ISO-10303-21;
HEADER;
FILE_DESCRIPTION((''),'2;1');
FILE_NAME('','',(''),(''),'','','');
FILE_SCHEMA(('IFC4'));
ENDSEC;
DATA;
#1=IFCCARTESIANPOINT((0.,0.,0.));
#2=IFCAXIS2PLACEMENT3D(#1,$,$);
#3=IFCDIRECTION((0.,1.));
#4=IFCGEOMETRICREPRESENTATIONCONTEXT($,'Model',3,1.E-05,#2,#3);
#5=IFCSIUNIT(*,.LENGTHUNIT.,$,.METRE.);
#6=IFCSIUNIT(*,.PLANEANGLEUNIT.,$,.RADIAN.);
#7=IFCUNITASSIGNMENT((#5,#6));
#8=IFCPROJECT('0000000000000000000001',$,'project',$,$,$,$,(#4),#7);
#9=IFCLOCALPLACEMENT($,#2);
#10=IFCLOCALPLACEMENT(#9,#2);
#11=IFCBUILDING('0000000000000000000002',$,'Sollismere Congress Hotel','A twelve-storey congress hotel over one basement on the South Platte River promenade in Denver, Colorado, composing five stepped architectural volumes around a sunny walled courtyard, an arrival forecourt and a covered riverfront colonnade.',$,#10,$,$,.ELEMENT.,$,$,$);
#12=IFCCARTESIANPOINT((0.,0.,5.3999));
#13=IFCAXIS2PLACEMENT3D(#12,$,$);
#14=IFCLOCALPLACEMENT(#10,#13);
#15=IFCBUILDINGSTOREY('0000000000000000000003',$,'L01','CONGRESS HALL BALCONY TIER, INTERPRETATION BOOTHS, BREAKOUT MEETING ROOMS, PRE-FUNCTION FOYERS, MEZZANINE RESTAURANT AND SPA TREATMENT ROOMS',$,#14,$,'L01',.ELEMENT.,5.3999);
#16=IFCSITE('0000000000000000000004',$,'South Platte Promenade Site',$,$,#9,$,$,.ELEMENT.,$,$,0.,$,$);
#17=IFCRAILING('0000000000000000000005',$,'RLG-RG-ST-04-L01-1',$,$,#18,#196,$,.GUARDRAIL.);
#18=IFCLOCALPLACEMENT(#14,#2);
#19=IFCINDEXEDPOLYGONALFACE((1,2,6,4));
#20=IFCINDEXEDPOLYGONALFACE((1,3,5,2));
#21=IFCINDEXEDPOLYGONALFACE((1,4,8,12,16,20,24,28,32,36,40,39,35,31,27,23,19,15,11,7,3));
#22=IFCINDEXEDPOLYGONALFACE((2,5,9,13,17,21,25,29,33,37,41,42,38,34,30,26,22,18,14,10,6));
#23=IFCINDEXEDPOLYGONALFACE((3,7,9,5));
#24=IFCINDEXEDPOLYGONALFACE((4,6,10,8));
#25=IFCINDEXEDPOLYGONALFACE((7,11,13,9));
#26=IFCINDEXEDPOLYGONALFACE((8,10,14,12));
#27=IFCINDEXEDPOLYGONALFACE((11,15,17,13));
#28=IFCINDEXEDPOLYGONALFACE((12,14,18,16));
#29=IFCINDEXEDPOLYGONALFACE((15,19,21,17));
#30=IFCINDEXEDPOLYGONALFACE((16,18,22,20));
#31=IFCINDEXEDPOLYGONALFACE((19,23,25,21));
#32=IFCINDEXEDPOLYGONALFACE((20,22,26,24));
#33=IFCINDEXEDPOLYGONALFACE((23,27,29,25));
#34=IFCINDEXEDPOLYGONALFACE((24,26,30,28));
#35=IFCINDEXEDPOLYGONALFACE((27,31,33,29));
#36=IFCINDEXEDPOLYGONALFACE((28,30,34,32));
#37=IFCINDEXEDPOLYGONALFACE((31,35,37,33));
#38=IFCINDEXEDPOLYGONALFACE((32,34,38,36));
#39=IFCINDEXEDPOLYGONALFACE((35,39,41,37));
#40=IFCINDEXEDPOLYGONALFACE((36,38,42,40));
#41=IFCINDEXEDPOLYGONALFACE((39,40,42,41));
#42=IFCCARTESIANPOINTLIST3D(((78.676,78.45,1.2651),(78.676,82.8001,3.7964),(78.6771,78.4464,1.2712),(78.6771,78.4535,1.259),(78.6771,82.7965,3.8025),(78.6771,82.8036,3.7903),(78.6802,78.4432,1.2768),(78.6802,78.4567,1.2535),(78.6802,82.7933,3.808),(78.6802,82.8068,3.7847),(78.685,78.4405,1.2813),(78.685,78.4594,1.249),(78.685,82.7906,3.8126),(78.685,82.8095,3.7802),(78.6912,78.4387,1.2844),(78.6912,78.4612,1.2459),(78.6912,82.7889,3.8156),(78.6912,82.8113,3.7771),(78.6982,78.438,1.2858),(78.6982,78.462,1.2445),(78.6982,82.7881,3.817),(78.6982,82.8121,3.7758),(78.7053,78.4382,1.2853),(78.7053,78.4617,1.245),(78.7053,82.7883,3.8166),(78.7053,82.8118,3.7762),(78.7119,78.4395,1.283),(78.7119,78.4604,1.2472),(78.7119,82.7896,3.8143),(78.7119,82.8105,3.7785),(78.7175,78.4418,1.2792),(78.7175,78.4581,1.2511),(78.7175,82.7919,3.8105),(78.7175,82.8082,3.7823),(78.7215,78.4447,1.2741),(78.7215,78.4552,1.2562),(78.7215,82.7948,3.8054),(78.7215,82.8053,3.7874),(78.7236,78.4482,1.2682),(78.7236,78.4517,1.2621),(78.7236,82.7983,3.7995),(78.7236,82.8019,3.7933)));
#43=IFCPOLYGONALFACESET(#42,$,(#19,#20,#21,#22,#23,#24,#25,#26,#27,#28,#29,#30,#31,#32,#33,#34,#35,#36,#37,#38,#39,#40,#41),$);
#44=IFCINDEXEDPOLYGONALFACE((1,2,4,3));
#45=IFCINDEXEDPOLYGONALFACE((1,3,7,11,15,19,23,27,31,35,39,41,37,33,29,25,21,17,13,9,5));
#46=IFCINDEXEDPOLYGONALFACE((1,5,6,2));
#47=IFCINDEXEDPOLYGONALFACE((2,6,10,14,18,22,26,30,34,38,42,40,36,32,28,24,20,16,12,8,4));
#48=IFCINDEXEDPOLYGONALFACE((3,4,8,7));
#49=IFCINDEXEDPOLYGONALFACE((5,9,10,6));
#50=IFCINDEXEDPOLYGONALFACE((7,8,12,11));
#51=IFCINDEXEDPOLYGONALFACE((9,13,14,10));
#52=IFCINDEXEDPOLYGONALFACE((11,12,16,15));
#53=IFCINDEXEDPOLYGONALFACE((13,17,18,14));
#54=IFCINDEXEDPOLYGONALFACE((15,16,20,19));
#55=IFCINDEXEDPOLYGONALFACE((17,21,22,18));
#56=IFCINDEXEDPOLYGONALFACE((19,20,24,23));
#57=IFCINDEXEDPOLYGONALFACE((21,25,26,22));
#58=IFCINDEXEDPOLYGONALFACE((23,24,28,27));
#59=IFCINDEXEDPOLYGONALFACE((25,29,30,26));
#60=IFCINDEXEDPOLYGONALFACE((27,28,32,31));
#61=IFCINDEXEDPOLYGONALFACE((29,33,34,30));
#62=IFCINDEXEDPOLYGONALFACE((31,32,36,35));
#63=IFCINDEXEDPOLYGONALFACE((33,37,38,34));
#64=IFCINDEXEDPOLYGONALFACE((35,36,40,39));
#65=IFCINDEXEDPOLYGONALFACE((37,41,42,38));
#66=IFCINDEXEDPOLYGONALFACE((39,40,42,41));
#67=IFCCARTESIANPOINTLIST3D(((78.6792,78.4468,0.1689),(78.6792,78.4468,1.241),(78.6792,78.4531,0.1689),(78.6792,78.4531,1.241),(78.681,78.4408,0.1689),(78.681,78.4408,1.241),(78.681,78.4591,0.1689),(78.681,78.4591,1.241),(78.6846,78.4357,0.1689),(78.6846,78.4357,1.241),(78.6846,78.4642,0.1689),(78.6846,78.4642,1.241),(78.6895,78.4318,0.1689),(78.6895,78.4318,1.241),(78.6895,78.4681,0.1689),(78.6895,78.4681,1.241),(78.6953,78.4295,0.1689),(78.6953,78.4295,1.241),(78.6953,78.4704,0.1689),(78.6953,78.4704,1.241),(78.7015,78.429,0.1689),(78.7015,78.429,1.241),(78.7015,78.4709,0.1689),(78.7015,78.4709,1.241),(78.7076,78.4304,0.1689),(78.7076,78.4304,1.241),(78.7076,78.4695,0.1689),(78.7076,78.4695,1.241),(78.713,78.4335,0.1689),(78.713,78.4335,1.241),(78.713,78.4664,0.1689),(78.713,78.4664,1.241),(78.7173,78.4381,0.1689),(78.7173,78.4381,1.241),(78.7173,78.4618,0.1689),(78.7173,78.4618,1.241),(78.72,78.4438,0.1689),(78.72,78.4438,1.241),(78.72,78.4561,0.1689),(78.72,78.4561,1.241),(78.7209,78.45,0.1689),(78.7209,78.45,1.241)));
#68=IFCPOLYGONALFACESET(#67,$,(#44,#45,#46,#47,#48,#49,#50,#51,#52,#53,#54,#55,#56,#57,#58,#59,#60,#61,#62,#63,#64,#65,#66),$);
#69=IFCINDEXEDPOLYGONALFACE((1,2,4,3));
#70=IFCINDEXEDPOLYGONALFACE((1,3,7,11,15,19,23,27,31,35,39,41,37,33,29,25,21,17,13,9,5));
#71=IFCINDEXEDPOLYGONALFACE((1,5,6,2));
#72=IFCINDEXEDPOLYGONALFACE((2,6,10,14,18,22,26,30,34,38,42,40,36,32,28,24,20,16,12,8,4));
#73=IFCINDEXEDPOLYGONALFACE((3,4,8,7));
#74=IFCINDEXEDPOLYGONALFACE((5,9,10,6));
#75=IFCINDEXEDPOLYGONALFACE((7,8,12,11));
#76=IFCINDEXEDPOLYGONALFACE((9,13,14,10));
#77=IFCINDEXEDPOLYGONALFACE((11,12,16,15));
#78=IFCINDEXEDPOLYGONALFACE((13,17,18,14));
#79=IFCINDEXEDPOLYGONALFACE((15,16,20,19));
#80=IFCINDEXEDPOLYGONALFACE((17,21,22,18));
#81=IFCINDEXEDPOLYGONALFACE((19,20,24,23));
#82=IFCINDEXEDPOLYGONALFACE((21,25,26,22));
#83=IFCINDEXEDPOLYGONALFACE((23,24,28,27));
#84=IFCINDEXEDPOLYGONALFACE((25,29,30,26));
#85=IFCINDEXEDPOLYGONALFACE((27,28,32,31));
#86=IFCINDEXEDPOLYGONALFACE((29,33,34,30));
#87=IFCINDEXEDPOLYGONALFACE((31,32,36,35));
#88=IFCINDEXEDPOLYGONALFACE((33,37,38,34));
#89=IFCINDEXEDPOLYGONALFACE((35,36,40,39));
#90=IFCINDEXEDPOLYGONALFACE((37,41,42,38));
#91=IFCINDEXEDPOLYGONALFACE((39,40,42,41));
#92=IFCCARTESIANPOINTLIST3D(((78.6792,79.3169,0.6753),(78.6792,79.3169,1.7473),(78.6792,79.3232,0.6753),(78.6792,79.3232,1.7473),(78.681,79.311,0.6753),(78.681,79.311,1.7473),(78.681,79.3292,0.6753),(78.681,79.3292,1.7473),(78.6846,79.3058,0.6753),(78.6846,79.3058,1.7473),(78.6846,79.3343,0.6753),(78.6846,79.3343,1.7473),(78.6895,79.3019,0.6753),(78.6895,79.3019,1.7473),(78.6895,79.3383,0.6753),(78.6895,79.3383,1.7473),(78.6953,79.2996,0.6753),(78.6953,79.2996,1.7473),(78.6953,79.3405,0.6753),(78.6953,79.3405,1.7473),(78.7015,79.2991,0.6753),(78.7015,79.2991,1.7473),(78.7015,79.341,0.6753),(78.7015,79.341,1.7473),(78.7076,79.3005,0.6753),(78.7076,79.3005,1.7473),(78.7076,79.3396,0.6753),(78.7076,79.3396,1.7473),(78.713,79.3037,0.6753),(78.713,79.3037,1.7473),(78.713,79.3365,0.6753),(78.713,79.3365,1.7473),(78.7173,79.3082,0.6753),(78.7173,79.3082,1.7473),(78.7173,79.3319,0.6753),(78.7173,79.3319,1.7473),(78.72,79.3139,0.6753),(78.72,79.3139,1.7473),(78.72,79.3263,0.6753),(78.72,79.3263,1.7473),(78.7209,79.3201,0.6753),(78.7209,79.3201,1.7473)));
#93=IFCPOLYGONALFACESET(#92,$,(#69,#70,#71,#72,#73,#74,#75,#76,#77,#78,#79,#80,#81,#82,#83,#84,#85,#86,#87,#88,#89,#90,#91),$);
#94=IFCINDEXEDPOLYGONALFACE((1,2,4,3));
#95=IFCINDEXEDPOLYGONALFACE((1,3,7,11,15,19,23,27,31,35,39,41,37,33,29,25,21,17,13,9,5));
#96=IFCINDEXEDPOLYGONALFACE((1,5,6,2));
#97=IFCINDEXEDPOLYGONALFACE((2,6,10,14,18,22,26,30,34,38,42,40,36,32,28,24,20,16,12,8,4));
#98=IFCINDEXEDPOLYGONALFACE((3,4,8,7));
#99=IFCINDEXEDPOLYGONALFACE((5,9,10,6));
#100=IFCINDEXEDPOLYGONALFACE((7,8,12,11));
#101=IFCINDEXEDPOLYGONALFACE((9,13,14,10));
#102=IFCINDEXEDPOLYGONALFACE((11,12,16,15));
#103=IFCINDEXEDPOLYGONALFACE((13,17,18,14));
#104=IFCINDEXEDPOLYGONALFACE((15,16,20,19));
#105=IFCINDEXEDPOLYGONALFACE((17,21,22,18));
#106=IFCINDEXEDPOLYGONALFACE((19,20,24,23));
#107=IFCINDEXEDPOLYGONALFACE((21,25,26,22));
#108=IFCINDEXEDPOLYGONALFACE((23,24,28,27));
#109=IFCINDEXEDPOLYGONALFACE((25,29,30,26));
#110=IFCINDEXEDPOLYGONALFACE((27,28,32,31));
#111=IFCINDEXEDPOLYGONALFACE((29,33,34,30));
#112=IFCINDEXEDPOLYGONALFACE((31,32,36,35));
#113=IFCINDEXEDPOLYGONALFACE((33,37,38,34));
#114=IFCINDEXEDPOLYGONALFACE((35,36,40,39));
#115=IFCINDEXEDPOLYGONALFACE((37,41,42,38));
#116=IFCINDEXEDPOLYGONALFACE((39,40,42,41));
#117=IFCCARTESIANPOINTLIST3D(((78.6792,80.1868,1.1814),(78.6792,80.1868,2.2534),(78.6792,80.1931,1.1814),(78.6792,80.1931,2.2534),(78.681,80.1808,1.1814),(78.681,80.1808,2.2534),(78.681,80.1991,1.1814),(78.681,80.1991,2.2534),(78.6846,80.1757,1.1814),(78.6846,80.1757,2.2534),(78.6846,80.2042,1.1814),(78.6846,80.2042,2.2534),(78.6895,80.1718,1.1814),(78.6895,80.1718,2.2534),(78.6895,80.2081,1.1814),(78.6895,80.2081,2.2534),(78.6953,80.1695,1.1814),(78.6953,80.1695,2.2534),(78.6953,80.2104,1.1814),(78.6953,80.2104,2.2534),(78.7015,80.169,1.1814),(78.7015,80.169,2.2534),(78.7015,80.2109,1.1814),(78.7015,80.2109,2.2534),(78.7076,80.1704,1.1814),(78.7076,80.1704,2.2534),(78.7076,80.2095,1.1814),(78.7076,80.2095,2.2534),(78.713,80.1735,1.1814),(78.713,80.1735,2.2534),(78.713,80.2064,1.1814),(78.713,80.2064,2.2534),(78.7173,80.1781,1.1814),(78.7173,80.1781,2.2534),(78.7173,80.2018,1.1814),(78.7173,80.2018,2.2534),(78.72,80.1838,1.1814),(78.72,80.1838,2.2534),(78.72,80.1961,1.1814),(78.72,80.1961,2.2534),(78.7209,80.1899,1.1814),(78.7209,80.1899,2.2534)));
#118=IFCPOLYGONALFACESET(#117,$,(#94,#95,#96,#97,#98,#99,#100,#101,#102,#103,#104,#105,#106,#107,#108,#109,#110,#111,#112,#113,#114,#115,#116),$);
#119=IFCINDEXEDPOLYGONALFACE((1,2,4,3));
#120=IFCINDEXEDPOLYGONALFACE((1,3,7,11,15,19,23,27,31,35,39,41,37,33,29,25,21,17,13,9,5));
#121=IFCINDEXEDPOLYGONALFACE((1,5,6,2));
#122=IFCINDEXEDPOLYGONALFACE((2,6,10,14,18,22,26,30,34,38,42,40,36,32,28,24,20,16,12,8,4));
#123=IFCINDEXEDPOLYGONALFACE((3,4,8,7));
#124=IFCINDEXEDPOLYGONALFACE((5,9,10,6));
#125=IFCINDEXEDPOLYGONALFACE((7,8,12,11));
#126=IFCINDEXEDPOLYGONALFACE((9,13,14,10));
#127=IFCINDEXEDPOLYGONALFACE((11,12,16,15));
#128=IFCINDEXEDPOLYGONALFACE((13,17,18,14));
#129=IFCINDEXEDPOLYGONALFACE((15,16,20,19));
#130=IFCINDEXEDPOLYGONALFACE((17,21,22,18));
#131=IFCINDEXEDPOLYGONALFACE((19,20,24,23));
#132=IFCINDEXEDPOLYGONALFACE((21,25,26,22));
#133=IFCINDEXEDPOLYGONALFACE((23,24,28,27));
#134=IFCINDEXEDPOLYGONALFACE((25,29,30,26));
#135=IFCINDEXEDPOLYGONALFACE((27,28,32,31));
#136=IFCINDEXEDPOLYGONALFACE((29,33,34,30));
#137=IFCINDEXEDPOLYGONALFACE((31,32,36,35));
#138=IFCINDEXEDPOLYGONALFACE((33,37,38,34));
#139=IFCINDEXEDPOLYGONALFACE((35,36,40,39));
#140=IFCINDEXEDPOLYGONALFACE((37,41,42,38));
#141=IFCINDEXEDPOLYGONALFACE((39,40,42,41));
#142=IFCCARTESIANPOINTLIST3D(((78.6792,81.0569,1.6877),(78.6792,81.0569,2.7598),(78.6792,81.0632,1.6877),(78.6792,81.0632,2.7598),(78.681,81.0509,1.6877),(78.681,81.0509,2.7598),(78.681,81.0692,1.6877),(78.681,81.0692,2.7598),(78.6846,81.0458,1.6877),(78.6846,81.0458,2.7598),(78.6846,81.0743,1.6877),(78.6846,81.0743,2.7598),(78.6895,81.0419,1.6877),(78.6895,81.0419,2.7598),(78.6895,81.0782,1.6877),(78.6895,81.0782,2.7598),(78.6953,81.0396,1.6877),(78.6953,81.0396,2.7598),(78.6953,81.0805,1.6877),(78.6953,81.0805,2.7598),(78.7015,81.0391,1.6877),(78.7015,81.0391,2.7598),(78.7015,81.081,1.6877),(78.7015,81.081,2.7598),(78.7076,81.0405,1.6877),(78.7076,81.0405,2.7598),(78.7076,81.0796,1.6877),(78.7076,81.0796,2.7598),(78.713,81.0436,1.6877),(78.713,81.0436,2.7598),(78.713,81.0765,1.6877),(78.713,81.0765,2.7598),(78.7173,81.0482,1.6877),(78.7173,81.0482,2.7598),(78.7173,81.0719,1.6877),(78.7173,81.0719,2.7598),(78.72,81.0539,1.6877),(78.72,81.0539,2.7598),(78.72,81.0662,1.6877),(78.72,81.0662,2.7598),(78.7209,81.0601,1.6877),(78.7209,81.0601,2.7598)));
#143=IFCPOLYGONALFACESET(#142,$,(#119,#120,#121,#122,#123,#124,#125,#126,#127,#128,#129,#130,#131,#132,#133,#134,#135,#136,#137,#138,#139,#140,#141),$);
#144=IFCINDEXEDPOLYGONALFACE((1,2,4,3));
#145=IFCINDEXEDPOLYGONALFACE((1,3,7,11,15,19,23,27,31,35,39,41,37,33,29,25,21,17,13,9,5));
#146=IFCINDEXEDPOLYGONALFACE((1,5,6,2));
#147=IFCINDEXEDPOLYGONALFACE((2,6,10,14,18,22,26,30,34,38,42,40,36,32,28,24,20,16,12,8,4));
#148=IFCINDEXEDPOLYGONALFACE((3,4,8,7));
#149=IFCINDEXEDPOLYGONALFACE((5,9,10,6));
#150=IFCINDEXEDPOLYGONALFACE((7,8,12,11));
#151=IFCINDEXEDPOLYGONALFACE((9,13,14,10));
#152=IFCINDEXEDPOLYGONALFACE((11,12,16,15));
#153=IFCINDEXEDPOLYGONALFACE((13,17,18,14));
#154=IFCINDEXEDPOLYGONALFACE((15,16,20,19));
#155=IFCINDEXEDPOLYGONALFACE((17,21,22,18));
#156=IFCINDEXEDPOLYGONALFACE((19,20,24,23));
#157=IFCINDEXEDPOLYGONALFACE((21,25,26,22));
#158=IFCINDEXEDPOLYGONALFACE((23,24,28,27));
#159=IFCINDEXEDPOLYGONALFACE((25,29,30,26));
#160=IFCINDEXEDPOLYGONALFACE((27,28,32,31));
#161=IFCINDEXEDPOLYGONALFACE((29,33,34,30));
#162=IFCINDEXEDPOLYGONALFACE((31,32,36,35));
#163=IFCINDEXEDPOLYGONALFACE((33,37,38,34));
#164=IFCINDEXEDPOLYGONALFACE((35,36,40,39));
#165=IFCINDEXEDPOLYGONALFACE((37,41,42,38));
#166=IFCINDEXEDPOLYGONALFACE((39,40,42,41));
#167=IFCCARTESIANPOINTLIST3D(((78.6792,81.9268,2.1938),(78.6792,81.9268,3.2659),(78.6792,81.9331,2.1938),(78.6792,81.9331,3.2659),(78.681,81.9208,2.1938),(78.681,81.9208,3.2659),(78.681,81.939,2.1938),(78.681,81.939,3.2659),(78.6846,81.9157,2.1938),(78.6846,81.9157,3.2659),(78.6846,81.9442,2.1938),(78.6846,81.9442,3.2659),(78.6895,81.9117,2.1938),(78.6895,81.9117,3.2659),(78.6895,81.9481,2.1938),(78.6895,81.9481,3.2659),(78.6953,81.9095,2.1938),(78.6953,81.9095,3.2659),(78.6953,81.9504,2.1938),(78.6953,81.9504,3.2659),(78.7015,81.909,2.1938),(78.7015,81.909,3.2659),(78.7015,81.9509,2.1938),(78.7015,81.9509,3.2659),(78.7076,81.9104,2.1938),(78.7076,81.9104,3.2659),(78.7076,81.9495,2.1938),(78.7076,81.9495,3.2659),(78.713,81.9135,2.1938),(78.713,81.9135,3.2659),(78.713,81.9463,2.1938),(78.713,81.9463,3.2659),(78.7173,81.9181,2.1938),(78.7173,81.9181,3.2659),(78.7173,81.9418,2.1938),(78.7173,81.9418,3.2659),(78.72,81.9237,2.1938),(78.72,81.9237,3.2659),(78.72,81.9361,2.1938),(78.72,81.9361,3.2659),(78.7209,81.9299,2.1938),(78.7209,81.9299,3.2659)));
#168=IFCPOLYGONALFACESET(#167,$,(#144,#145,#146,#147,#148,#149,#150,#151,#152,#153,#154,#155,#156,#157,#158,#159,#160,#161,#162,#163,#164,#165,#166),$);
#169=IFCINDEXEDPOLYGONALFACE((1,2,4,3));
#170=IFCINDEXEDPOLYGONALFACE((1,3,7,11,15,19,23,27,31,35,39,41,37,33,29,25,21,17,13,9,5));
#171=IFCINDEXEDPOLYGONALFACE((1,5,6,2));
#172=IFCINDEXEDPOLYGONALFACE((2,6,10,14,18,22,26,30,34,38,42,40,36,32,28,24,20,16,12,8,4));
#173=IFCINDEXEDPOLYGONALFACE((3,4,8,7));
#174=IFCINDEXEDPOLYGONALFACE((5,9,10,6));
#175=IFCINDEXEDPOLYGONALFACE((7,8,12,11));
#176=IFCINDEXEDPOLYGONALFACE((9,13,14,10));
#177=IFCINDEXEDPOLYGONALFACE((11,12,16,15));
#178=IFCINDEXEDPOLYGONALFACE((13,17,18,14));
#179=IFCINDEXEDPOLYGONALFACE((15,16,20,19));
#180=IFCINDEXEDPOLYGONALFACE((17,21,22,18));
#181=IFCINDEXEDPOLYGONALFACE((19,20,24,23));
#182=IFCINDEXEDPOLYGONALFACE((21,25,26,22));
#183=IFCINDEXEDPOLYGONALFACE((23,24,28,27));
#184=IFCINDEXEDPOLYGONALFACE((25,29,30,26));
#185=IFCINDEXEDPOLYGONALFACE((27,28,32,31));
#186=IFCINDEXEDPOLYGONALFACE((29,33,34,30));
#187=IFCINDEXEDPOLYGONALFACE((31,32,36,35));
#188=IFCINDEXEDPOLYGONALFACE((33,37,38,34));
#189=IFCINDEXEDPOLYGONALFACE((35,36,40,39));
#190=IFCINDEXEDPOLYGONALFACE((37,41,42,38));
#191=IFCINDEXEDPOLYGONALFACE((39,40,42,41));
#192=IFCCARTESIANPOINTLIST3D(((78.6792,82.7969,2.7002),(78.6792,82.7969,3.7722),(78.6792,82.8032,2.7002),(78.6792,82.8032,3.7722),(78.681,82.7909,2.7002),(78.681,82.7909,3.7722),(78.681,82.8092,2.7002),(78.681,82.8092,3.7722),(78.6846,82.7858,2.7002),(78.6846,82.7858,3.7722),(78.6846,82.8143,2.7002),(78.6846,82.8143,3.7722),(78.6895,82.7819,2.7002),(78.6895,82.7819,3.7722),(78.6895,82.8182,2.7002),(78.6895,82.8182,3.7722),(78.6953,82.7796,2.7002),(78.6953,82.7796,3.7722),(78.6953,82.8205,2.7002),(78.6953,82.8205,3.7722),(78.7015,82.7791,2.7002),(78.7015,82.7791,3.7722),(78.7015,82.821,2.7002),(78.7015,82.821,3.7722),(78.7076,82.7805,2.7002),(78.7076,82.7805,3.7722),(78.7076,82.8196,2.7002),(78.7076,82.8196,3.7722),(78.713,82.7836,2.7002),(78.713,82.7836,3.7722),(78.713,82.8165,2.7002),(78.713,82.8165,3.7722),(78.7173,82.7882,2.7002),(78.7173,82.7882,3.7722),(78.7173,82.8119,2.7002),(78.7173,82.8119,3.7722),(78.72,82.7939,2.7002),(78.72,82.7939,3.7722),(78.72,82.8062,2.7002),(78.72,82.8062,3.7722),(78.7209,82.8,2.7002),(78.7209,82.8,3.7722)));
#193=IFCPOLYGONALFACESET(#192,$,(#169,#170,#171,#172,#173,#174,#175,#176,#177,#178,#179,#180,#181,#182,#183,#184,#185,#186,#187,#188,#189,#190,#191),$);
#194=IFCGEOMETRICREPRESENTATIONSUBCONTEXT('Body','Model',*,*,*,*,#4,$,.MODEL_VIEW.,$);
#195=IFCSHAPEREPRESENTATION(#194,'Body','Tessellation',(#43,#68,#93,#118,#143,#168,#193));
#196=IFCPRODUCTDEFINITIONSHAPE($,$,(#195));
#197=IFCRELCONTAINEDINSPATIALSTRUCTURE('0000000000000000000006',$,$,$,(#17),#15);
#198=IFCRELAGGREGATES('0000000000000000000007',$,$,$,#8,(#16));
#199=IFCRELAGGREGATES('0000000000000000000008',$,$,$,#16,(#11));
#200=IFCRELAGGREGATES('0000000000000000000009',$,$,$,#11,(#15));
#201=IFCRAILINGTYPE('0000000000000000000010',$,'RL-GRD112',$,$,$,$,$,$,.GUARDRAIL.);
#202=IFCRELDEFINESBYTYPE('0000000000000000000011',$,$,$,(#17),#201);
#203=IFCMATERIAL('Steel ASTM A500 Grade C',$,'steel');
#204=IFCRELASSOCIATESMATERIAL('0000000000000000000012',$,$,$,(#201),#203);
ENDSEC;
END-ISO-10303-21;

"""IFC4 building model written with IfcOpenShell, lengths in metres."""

from ifc_helpers import new_model, si_unit, direction, frame, origin, origin_2d, place, context, subcontext, project, spatial, circle, extrude, material, type_object, element, save


model = new_model("IFC4")

# Units and contexts
model_context = context("Model", 3, precision=1e-05, world=origin(), true_north=direction((0.0, 1.0)))
body_context = subcontext(model_context, "Body", "Model", "MODEL_VIEW")
ifc_project = project(units=[si_unit("LENGTHUNIT", "METRE"), si_unit("PLANEANGLEUNIT", "RADIAN")], contexts=[model_context])

# Site, building, storey
site_placement = place(None, origin())
site = spatial("IfcSite", under=ifc_project, at=site_placement, Name="South Platte Promenade Site", CompositionType="ELEMENT", RefElevation=0.0)
building_placement = place(site_placement, origin())
building = spatial("IfcBuilding", under=site, at=building_placement, Name="Sollismere Congress Hotel", Description="A twelve-storey congress hotel over one basement on the South Platte River promenade in Denver, Colorado, composing five stepped architectural volumes around a sunny walled courtyard, an arrival forecourt and a covered riverfront colonnade.", CompositionType="ELEMENT")
storey_placement = place(building_placement, frame((0.0, 0.0, 5.3999)))
storey = spatial("IfcBuildingStorey", under=building, at=storey_placement, Name="L01", Description="CONGRESS HALL BALCONY TIER, INTERPRETATION BOOTHS, BREAKOUT MEETING ROOMS, PRE-FUNCTION FOYERS, MEZZANINE RESTAURANT AND SPA TREATMENT ROOMS", LongName="L01", CompositionType="ELEMENT", Elevation=5.3999)

# Railing
ifc_material_1 = material(Name="Steel ASTM A500 Grade C", Category="steel")
railing_type_1 = type_object("IfcRailingType", Name="RL-GRD112", PredefinedType="GUARDRAIL", material=ifc_material_1)
railing_1_placement = place(storey_placement, frame((78.7, 78.45, 0.1689)))
element("IfcRailing", 1, at=railing_1_placement, inside=storey, type_object=railing_type_1, Name="RLG-RG-ST-04-L01-1", PredefinedType="GUARDRAIL", context=body_context, shape_type="SweptSolid", body=[
    extrude(circle(Radius=0.0239, at=origin_2d()), frame((0.0, 0.0, 1.0962), z_axis=(0.0, 0.864324, 0.502936), x_axis=(-1.0, 0.0, 0.0)), (0.0, 0.0, 1.0), 5.033),
    extrude(circle(Radius=0.021, at=origin_2d()), origin(), (0.0, 0.0, 1.0), 1.072),
    extrude(circle(Radius=0.021, at=origin_2d()), frame((0.0, 0.8701, 0.5063)), (0.0, 0.0, 1.0), 1.072),
    extrude(circle(Radius=0.021, at=origin_2d()), frame((0.0, 1.74, 1.0125)), (0.0, 0.0, 1.0), 1.072),
    extrude(circle(Radius=0.021, at=origin_2d()), frame((0.0, 2.6101, 1.5188)), (0.0, 0.0, 1.0), 1.072),
    extrude(circle(Radius=0.021, at=origin_2d()), frame((0.0, 3.48, 2.0249)), (0.0, 0.0, 1.0), 1.072),
    extrude(circle(Radius=0.021, at=origin_2d()), frame((0.0, 4.3501, 2.5312)), (0.0, 0.0, 1.0), 1.072),
])

save(model, "model.ifc")
